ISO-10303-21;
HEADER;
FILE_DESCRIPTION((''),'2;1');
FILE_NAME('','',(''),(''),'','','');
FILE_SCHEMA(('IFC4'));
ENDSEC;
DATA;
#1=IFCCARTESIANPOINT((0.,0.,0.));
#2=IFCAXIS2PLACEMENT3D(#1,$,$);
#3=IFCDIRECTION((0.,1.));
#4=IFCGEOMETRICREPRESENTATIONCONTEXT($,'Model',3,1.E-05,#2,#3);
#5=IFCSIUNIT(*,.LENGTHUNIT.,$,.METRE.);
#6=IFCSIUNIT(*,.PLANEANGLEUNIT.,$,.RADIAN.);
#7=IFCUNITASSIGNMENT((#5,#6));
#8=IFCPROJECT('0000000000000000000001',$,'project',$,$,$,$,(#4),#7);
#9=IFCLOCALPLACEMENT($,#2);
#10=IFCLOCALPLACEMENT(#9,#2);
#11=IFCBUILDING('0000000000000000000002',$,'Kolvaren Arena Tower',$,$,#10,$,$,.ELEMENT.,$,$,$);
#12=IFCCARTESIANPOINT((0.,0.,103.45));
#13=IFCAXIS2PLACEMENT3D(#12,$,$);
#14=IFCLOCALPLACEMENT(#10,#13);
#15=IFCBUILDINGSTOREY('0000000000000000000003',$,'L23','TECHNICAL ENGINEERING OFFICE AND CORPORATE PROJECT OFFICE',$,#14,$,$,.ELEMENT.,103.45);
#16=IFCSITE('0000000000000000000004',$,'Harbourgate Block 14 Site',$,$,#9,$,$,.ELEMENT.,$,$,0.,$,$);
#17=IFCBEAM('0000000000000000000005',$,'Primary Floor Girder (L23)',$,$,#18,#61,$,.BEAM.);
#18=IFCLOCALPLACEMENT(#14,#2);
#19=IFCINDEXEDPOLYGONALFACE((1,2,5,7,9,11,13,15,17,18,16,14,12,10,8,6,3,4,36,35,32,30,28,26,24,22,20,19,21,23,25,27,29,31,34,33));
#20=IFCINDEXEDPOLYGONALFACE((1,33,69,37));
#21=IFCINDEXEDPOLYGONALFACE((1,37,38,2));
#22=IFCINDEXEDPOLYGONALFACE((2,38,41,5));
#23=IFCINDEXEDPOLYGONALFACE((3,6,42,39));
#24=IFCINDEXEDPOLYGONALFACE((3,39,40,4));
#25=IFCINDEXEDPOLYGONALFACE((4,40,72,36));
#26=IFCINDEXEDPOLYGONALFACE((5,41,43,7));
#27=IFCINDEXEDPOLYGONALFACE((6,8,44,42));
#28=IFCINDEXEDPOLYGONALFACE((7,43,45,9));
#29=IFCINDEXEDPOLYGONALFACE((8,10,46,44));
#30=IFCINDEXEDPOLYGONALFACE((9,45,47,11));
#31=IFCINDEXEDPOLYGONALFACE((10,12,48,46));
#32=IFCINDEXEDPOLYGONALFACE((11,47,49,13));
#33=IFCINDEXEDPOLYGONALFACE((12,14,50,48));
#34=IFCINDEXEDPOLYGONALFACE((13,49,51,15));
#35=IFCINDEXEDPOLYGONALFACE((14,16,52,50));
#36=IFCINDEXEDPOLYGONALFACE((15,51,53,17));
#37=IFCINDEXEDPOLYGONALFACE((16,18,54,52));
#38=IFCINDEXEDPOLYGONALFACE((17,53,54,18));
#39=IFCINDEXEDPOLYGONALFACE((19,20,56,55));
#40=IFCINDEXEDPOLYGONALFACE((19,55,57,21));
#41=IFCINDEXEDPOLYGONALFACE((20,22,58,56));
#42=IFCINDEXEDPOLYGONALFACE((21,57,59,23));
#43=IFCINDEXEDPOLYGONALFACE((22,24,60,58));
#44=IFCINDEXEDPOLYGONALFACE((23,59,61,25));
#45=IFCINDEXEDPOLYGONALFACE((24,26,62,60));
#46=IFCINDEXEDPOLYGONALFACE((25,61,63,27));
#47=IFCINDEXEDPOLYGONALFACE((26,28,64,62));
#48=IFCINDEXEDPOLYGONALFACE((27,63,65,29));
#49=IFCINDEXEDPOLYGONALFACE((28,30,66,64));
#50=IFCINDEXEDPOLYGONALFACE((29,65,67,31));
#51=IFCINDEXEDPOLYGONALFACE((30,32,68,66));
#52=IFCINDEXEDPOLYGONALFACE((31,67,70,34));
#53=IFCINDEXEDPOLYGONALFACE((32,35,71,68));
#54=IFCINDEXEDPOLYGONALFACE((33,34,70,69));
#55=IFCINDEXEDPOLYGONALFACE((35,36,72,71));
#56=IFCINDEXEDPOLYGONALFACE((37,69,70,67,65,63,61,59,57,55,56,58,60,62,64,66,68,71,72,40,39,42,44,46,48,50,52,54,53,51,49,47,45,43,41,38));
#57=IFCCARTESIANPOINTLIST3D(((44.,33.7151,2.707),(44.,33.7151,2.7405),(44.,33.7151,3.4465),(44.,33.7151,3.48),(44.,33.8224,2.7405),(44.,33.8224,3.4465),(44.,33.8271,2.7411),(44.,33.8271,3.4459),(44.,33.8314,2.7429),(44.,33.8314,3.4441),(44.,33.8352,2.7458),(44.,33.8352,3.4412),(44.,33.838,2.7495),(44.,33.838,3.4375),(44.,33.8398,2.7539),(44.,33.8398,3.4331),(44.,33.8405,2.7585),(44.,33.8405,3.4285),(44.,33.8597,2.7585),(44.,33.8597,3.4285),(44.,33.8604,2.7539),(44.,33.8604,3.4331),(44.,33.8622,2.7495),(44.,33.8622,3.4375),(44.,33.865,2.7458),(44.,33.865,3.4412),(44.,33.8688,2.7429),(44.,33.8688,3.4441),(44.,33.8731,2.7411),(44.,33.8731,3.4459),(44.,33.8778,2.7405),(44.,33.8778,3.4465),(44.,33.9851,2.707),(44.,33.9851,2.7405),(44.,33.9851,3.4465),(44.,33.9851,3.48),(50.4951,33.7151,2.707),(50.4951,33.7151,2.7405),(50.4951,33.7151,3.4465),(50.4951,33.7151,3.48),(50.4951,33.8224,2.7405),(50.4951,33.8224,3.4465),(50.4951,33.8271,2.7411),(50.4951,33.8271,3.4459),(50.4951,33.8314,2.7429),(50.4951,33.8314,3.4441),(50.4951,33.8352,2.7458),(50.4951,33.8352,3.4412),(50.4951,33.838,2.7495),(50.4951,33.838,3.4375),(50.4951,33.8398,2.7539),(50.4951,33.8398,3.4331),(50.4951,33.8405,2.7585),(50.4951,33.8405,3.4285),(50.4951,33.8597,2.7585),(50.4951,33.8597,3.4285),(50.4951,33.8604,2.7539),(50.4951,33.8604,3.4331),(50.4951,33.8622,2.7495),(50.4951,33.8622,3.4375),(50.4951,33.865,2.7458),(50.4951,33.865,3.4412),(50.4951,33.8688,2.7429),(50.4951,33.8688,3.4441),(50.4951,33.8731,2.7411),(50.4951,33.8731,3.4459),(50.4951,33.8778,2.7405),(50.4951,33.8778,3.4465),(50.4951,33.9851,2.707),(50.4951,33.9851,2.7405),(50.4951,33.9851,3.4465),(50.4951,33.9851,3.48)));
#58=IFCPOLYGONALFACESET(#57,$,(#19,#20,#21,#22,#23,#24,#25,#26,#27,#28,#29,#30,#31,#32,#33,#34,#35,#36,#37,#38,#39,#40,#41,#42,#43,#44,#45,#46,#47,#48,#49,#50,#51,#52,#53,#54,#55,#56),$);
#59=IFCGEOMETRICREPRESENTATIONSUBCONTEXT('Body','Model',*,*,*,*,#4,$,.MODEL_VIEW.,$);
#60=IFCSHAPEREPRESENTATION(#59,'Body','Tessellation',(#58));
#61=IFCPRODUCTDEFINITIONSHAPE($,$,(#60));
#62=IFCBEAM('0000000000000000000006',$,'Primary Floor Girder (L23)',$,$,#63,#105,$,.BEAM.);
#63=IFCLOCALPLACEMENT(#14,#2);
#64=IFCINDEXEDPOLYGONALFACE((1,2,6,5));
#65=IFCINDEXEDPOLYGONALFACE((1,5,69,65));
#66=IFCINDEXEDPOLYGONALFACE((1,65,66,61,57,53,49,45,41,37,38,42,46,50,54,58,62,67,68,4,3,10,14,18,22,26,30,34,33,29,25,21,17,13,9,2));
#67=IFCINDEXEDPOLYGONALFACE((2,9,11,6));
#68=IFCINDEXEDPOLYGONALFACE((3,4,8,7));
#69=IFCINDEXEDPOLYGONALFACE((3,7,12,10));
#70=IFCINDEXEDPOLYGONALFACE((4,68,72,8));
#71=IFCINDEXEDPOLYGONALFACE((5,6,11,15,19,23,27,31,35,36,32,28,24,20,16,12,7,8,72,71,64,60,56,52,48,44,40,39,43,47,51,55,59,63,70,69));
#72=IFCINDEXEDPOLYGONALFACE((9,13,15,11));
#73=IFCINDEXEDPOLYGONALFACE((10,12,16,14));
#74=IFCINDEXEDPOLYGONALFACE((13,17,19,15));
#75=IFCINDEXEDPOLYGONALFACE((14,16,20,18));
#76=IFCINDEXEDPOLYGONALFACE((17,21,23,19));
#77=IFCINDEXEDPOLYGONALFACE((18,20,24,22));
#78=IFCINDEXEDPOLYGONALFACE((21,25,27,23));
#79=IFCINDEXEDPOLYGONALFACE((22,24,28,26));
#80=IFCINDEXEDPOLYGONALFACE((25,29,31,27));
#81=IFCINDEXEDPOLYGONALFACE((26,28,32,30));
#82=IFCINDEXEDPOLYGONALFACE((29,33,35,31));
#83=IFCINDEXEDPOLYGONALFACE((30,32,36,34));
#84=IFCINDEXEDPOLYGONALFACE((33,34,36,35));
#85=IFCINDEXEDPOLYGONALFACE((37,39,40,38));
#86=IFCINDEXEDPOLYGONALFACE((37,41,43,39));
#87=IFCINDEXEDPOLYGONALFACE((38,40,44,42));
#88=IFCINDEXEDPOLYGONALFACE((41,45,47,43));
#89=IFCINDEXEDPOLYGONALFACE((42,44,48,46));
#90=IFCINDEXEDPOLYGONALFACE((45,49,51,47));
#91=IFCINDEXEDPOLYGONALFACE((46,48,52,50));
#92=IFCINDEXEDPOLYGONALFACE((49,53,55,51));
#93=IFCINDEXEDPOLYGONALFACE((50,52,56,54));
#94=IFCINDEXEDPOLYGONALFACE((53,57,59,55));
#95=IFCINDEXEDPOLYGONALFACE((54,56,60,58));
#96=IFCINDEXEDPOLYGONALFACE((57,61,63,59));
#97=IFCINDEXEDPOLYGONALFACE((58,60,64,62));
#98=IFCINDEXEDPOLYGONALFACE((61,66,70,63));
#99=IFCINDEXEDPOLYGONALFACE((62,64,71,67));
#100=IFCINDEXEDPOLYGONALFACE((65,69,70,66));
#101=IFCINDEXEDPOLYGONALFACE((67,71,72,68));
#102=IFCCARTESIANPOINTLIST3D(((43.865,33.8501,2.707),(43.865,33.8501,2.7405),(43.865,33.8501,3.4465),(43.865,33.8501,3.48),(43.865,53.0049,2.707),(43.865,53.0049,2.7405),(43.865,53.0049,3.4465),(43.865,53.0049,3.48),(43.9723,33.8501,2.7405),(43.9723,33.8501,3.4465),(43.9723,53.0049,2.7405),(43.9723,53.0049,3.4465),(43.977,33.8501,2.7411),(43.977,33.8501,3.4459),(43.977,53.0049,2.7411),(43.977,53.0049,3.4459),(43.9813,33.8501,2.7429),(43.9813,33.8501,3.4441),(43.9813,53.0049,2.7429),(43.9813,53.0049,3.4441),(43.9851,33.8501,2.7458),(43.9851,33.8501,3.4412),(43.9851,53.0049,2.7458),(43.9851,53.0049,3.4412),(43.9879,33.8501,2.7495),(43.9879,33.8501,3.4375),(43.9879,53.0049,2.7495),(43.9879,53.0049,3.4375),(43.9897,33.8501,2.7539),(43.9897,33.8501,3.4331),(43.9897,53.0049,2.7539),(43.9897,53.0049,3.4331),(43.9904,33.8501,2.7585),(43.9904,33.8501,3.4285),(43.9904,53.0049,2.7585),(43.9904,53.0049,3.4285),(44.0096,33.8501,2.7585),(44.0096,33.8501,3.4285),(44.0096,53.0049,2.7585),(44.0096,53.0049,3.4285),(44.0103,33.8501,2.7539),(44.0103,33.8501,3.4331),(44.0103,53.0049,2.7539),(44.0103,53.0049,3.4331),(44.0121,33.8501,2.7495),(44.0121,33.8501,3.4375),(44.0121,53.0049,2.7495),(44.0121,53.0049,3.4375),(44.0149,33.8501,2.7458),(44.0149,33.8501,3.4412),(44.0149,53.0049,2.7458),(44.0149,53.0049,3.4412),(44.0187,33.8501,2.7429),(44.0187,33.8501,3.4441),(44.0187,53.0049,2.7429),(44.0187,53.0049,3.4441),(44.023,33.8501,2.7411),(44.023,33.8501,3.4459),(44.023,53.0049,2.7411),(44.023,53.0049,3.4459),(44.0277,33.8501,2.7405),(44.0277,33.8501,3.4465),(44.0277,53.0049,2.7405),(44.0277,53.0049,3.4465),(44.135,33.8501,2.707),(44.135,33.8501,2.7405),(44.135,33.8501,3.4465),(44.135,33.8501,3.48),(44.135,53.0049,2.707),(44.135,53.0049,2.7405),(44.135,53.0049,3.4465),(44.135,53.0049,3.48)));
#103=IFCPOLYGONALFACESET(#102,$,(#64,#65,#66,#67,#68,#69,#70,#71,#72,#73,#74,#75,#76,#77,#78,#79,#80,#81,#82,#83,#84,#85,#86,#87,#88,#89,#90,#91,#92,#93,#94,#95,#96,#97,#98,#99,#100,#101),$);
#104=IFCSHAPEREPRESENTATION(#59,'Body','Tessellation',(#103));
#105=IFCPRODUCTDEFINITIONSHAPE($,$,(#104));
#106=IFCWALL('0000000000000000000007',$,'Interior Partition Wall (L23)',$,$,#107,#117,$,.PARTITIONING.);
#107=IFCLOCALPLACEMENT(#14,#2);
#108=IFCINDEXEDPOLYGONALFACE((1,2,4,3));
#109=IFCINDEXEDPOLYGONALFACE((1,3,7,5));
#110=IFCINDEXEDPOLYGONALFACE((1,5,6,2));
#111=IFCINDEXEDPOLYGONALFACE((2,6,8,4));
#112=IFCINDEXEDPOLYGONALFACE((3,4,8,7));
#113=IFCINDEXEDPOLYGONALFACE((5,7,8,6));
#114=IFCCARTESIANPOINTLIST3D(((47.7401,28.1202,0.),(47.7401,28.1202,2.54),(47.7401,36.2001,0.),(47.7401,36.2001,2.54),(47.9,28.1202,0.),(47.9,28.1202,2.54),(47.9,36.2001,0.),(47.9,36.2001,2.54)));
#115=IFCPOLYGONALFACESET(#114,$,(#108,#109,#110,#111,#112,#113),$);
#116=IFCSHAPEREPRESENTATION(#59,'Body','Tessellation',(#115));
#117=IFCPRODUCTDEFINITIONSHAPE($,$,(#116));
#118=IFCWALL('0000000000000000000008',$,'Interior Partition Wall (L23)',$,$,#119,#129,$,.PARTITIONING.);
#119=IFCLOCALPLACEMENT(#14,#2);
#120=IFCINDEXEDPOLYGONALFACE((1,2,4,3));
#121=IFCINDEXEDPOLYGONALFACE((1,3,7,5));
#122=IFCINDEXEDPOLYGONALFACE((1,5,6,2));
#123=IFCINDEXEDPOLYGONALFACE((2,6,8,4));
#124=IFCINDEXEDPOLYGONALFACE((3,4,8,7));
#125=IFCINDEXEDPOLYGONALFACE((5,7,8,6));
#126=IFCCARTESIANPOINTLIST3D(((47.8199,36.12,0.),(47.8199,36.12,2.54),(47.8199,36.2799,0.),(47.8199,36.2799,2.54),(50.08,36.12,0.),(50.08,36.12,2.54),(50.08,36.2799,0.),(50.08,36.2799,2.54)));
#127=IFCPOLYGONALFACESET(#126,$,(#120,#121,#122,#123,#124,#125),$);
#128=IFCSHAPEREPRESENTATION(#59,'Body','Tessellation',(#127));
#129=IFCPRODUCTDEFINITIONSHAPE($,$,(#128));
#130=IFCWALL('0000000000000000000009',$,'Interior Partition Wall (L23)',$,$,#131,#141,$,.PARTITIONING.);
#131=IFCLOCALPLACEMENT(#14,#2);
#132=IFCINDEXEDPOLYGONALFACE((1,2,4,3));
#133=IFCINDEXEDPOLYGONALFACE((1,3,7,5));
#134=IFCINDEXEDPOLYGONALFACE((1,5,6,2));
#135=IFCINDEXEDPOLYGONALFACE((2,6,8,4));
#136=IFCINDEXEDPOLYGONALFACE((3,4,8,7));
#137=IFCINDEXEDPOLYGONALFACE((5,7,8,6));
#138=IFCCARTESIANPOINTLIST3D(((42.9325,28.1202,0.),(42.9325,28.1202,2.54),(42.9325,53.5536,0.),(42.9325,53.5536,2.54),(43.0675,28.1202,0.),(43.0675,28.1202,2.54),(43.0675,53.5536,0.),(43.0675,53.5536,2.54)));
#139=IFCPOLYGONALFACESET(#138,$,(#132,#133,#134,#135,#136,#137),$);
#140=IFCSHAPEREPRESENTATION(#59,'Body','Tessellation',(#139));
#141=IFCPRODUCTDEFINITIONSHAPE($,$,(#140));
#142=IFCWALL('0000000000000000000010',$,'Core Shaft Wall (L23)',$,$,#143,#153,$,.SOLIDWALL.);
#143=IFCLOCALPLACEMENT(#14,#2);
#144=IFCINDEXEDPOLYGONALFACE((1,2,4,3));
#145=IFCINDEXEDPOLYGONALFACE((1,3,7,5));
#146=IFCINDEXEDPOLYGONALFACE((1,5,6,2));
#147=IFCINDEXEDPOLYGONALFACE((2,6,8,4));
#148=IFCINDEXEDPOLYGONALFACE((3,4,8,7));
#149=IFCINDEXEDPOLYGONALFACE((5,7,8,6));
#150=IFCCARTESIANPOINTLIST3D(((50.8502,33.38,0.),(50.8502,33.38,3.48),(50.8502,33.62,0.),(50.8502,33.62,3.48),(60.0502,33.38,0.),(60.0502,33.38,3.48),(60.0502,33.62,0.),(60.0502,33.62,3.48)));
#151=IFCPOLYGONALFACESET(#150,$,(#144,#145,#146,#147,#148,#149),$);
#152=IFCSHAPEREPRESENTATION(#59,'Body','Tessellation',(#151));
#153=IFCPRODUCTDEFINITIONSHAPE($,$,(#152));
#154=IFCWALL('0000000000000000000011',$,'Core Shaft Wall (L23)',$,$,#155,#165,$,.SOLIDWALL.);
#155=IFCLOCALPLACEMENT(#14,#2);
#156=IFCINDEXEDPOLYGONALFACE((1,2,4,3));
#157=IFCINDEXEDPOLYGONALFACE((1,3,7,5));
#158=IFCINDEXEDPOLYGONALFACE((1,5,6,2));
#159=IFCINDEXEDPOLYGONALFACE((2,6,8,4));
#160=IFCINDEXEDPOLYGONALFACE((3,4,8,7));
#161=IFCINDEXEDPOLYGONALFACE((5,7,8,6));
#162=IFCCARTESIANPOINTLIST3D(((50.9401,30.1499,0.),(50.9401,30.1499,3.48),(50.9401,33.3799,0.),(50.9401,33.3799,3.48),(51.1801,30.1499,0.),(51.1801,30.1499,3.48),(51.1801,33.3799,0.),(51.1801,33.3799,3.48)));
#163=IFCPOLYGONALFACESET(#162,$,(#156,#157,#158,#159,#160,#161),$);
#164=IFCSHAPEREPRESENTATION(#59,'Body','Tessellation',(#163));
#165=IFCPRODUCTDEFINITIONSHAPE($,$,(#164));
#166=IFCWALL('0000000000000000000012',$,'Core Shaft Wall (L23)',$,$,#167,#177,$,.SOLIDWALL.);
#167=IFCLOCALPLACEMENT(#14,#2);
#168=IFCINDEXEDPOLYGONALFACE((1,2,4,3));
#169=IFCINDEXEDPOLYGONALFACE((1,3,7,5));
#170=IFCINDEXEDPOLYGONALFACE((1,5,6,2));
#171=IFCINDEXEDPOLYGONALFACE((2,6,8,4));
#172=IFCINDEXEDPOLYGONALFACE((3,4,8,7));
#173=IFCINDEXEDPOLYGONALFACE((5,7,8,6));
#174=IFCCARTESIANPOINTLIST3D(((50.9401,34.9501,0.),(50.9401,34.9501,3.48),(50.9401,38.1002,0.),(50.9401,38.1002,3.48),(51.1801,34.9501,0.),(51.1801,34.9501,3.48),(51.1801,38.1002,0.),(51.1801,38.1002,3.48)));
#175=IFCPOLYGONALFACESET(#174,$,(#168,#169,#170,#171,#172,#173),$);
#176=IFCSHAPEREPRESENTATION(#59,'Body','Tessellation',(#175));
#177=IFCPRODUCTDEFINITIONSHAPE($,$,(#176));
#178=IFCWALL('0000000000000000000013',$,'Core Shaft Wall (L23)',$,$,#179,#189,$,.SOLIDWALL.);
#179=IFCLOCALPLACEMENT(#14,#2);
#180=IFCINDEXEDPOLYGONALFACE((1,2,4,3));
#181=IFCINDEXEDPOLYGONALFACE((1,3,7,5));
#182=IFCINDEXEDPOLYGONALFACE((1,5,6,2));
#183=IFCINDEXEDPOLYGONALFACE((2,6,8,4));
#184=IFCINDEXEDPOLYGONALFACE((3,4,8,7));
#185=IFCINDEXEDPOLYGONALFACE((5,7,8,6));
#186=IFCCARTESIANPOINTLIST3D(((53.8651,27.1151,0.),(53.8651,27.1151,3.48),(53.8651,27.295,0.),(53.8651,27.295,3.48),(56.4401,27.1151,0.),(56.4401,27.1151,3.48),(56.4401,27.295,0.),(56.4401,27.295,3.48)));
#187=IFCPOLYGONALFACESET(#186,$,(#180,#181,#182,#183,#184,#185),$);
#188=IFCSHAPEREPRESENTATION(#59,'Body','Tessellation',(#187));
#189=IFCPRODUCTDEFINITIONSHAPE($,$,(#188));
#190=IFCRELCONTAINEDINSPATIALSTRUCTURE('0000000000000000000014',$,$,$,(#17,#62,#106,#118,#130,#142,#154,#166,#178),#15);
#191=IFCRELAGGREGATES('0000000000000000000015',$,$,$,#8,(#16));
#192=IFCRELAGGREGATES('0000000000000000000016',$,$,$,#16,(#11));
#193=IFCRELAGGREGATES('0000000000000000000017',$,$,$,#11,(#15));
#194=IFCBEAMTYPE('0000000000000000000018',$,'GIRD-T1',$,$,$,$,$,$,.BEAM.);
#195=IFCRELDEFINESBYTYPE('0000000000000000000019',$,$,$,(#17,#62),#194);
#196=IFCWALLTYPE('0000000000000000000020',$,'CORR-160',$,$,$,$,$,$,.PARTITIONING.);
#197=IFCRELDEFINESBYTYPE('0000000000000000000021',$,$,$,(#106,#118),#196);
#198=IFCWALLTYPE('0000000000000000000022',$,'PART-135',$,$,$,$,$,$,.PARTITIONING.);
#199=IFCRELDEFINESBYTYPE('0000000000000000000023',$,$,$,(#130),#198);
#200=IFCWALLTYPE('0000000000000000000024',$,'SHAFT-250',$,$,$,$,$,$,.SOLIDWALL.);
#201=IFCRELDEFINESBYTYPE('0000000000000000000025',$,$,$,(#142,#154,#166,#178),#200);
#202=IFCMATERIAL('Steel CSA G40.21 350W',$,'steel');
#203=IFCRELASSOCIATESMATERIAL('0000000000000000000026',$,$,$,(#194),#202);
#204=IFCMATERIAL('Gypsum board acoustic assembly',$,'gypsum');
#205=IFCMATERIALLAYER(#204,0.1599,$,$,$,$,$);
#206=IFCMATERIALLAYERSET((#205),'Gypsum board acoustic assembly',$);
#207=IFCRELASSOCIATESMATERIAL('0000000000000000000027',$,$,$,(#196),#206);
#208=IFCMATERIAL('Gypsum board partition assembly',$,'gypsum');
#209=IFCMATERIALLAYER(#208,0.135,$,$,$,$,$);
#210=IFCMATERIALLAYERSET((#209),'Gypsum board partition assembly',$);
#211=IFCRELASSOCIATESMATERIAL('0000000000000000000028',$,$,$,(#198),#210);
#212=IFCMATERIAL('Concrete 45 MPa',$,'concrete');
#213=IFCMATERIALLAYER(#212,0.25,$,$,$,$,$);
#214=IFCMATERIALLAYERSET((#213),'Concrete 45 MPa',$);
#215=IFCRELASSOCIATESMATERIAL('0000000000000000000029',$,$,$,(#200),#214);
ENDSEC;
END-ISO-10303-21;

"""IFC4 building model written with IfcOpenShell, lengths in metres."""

from ifc_helpers import new_model, si_unit, direction, frame, frame_2d, origin, origin_2d, place, context, subcontext, project, spatial, rectangle, i_section, extrude, material, layer, layer_set, material_profile, profile_set, type_object, element, save


model = new_model("IFC4")

# Units and contexts
model_context = context("Model", 3, precision=1e-05, world=origin(), true_north=direction((0.0, 1.0)))
body_context = subcontext(model_context, "Body", "Model", "MODEL_VIEW")
ifc_project = project(units=[si_unit("LENGTHUNIT", "METRE"), si_unit("PLANEANGLEUNIT", "RADIAN")], contexts=[model_context])

# Site, building, storey
site_placement = place(None, origin())
site = spatial("IfcSite", under=ifc_project, at=site_placement, Name="Harbourgate Block 14 Site", CompositionType="ELEMENT", RefElevation=0.0)
building_placement = place(site_placement, origin())
building = spatial("IfcBuilding", under=site, at=building_placement, Name="Kolvaren Arena Tower", CompositionType="ELEMENT")
storey_placement = place(building_placement, frame((0.0, 0.0, 103.45)))
storey = spatial("IfcBuildingStorey", under=building, at=storey_placement, Name="L23", Description="TECHNICAL ENGINEERING OFFICE AND CORPORATE PROJECT OFFICE", CompositionType="ELEMENT", Elevation=103.45)

# Beams
ifc_material_1 = material(Name="Steel CSA G40.21 350W", Category="steel")
ifc_material_profile_1 = material_profile(ifc_material_1, i_section(OverallWidth=0.27, OverallDepth=0.7729, WebThickness=0.0193, FlangeThickness=0.0334, FilletRadius=0.0181, at=origin_2d()), Name="W760x257")
ifc_profile_set_1 = profile_set([ifc_material_profile_1], Name="Steel CSA G40.21 350W")
beam_type_1 = type_object("IfcBeamType", Name="GIRD-T1", PredefinedType="BEAM", material=ifc_profile_set_1)
beam_1_placement = place(storey_placement, frame((44.0, 33.8501, 3.0935), z_axis=(1.0, 0.0, 0.0), x_axis=(0.0, 1.0, 0.0)))
element("IfcBeam", 1, at=beam_1_placement, inside=storey, type_object=beam_type_1, Name="Primary Floor Girder (L23)", PredefinedType="BEAM", context=body_context, shape_type="SweptSolid", body=[
    extrude(i_section(OverallWidth=0.27, OverallDepth=0.7729, WebThickness=0.0193, FlangeThickness=0.0334, FilletRadius=0.0181, at=origin_2d()), origin(), (0.0, 0.0, 1.0), 6.4951),
])
beam_2_placement = place(storey_placement, frame((44.0, 33.8501, 3.0935), z_axis=(0.0, 1.0, 0.0), x_axis=(-1.0, 0.0, 0.0)))
element("IfcBeam", 2, at=beam_2_placement, inside=storey, type_object=beam_type_1, Name="Primary Floor Girder (L23)", PredefinedType="BEAM", context=body_context, shape_type="SweptSolid", body=[
    extrude(i_section(OverallWidth=0.27, OverallDepth=0.7729, WebThickness=0.0193, FlangeThickness=0.0334, FilletRadius=0.0181, at=origin_2d()), origin(), (0.0, 0.0, 1.0), 19.1548),
])

# Walls
ifc_material_2 = material(Name="Gypsum board acoustic assembly", Category="gypsum")
ifc_layer_1 = layer(ifc_material_2, 0.1599)
ifc_layer_set_1 = layer_set([ifc_layer_1], Name="Gypsum board acoustic assembly")
wall_type_1 = type_object("IfcWallType", Name="CORR-160", PredefinedType="PARTITIONING", material=ifc_layer_set_1)
wall_1_placement = place(storey_placement, frame((47.8201, 28.1201, 0.0), z_axis=(0.0, 0.0, 1.0), x_axis=(0.0, 1.0, 0.0)))
element("IfcWall", 3, at=wall_1_placement, inside=storey, type_object=wall_type_1, Name="Interior Partition Wall (L23)", PredefinedType="PARTITIONING", context=body_context, shape_type="SweptSolid", body=[
    extrude(rectangle(XDim=8.0798, YDim=0.1599, at=frame_2d((4.04, 0.0))), origin(), (0.0, 0.0, 1.0), 2.54),
])
wall_2_placement = place(storey_placement, frame((47.8201, 36.2, 0.0), z_axis=(0.0, 0.0, 1.0), x_axis=(1.0, 0.0, 0.0)))
element("IfcWall", 4, at=wall_2_placement, inside=storey, type_object=wall_type_1, Name="Interior Partition Wall (L23)", PredefinedType="PARTITIONING", context=body_context, shape_type="SweptSolid", body=[
    extrude(rectangle(XDim=2.26, YDim=0.1599, at=frame_2d((1.1299, 0.0))), origin(), (0.0, 0.0, 1.0), 2.54),
])
ifc_material_3 = material(Name="Gypsum board partition assembly", Category="gypsum")
ifc_layer_2 = layer(ifc_material_3, 0.135)
ifc_layer_set_2 = layer_set([ifc_layer_2], Name="Gypsum board partition assembly")
wall_type_2 = type_object("IfcWallType", Name="PART-135", PredefinedType="PARTITIONING", material=ifc_layer_set_2)
wall_3_placement = place(storey_placement, frame((43.0, 28.1201, 0.0), z_axis=(0.0, 0.0, 1.0), x_axis=(0.0, 1.0, 0.0)))
element("IfcWall", 5, at=wall_3_placement, inside=storey, type_object=wall_type_2, Name="Interior Partition Wall (L23)", PredefinedType="PARTITIONING", context=body_context, shape_type="SweptSolid", body=[
    extrude(rectangle(XDim=25.4333, YDim=0.135, at=frame_2d((12.7168, 0.0))), origin(), (0.0, 0.0, 1.0), 2.54),
])
ifc_material_4 = material(Name="Concrete 45 MPa", Category="concrete")
ifc_layer_3 = layer(ifc_material_4, 0.25)
ifc_layer_set_3 = layer_set([ifc_layer_3], Name="Concrete 45 MPa")
wall_type_3 = type_object("IfcWallType", Name="SHAFT-250", PredefinedType="SOLIDWALL", material=ifc_layer_set_3)
wall_4_placement = place(storey_placement, frame((50.8501, 33.5, 0.0), z_axis=(0.0, 0.0, 1.0), x_axis=(1.0, 0.0, 0.0)))
element("IfcWall", 6, at=wall_4_placement, inside=storey, type_object=wall_type_3, Name="Core Shaft Wall (L23)", PredefinedType="SOLIDWALL", context=body_context, shape_type="SweptSolid", body=[
    extrude(rectangle(XDim=9.2, YDim=0.24, at=frame_2d((4.6001, 0.0))), origin(), (0.0, 0.0, 1.0), 3.48),
])
wall_5_placement = place(storey_placement, frame((51.0601, 30.1499, 0.0), z_axis=(0.0, 0.0, 1.0), x_axis=(0.0, 1.0, 0.0)))
element("IfcWall", 7, at=wall_5_placement, inside=storey, type_object=wall_type_3, Name="Core Shaft Wall (L23)", PredefinedType="SOLIDWALL", context=body_context, shape_type="SweptSolid", body=[
    extrude(rectangle(XDim=3.23, YDim=0.24, at=frame_2d((1.615, 0.0))), origin(), (0.0, 0.0, 1.0), 3.48),
])
wall_6_placement = place(storey_placement, frame((51.0601, 34.95, 0.0), z_axis=(0.0, 0.0, 1.0), x_axis=(0.0, 1.0, 0.0)))
element("IfcWall", 8, at=wall_6_placement, inside=storey, type_object=wall_type_3, Name="Core Shaft Wall (L23)", PredefinedType="SOLIDWALL", context=body_context, shape_type="SweptSolid", body=[
    extrude(rectangle(XDim=3.1501, YDim=0.24, at=frame_2d((1.5752, 0.0))), origin(), (0.0, 0.0, 1.0), 3.48),
])
wall_7_placement = place(storey_placement, frame((53.865, 27.2051, 0.0), z_axis=(0.0, 0.0, 1.0), x_axis=(1.0, 0.0, 0.0)))
element("IfcWall", 9, at=wall_7_placement, inside=storey, type_object=wall_type_3, Name="Core Shaft Wall (L23)", PredefinedType="SOLIDWALL", context=body_context, shape_type="SweptSolid", body=[
    extrude(rectangle(XDim=2.575, YDim=0.1799, at=frame_2d((1.2876, 0.0))), origin(), (0.0, 0.0, 1.0), 3.48),
])

save(model, "model.ifc")
